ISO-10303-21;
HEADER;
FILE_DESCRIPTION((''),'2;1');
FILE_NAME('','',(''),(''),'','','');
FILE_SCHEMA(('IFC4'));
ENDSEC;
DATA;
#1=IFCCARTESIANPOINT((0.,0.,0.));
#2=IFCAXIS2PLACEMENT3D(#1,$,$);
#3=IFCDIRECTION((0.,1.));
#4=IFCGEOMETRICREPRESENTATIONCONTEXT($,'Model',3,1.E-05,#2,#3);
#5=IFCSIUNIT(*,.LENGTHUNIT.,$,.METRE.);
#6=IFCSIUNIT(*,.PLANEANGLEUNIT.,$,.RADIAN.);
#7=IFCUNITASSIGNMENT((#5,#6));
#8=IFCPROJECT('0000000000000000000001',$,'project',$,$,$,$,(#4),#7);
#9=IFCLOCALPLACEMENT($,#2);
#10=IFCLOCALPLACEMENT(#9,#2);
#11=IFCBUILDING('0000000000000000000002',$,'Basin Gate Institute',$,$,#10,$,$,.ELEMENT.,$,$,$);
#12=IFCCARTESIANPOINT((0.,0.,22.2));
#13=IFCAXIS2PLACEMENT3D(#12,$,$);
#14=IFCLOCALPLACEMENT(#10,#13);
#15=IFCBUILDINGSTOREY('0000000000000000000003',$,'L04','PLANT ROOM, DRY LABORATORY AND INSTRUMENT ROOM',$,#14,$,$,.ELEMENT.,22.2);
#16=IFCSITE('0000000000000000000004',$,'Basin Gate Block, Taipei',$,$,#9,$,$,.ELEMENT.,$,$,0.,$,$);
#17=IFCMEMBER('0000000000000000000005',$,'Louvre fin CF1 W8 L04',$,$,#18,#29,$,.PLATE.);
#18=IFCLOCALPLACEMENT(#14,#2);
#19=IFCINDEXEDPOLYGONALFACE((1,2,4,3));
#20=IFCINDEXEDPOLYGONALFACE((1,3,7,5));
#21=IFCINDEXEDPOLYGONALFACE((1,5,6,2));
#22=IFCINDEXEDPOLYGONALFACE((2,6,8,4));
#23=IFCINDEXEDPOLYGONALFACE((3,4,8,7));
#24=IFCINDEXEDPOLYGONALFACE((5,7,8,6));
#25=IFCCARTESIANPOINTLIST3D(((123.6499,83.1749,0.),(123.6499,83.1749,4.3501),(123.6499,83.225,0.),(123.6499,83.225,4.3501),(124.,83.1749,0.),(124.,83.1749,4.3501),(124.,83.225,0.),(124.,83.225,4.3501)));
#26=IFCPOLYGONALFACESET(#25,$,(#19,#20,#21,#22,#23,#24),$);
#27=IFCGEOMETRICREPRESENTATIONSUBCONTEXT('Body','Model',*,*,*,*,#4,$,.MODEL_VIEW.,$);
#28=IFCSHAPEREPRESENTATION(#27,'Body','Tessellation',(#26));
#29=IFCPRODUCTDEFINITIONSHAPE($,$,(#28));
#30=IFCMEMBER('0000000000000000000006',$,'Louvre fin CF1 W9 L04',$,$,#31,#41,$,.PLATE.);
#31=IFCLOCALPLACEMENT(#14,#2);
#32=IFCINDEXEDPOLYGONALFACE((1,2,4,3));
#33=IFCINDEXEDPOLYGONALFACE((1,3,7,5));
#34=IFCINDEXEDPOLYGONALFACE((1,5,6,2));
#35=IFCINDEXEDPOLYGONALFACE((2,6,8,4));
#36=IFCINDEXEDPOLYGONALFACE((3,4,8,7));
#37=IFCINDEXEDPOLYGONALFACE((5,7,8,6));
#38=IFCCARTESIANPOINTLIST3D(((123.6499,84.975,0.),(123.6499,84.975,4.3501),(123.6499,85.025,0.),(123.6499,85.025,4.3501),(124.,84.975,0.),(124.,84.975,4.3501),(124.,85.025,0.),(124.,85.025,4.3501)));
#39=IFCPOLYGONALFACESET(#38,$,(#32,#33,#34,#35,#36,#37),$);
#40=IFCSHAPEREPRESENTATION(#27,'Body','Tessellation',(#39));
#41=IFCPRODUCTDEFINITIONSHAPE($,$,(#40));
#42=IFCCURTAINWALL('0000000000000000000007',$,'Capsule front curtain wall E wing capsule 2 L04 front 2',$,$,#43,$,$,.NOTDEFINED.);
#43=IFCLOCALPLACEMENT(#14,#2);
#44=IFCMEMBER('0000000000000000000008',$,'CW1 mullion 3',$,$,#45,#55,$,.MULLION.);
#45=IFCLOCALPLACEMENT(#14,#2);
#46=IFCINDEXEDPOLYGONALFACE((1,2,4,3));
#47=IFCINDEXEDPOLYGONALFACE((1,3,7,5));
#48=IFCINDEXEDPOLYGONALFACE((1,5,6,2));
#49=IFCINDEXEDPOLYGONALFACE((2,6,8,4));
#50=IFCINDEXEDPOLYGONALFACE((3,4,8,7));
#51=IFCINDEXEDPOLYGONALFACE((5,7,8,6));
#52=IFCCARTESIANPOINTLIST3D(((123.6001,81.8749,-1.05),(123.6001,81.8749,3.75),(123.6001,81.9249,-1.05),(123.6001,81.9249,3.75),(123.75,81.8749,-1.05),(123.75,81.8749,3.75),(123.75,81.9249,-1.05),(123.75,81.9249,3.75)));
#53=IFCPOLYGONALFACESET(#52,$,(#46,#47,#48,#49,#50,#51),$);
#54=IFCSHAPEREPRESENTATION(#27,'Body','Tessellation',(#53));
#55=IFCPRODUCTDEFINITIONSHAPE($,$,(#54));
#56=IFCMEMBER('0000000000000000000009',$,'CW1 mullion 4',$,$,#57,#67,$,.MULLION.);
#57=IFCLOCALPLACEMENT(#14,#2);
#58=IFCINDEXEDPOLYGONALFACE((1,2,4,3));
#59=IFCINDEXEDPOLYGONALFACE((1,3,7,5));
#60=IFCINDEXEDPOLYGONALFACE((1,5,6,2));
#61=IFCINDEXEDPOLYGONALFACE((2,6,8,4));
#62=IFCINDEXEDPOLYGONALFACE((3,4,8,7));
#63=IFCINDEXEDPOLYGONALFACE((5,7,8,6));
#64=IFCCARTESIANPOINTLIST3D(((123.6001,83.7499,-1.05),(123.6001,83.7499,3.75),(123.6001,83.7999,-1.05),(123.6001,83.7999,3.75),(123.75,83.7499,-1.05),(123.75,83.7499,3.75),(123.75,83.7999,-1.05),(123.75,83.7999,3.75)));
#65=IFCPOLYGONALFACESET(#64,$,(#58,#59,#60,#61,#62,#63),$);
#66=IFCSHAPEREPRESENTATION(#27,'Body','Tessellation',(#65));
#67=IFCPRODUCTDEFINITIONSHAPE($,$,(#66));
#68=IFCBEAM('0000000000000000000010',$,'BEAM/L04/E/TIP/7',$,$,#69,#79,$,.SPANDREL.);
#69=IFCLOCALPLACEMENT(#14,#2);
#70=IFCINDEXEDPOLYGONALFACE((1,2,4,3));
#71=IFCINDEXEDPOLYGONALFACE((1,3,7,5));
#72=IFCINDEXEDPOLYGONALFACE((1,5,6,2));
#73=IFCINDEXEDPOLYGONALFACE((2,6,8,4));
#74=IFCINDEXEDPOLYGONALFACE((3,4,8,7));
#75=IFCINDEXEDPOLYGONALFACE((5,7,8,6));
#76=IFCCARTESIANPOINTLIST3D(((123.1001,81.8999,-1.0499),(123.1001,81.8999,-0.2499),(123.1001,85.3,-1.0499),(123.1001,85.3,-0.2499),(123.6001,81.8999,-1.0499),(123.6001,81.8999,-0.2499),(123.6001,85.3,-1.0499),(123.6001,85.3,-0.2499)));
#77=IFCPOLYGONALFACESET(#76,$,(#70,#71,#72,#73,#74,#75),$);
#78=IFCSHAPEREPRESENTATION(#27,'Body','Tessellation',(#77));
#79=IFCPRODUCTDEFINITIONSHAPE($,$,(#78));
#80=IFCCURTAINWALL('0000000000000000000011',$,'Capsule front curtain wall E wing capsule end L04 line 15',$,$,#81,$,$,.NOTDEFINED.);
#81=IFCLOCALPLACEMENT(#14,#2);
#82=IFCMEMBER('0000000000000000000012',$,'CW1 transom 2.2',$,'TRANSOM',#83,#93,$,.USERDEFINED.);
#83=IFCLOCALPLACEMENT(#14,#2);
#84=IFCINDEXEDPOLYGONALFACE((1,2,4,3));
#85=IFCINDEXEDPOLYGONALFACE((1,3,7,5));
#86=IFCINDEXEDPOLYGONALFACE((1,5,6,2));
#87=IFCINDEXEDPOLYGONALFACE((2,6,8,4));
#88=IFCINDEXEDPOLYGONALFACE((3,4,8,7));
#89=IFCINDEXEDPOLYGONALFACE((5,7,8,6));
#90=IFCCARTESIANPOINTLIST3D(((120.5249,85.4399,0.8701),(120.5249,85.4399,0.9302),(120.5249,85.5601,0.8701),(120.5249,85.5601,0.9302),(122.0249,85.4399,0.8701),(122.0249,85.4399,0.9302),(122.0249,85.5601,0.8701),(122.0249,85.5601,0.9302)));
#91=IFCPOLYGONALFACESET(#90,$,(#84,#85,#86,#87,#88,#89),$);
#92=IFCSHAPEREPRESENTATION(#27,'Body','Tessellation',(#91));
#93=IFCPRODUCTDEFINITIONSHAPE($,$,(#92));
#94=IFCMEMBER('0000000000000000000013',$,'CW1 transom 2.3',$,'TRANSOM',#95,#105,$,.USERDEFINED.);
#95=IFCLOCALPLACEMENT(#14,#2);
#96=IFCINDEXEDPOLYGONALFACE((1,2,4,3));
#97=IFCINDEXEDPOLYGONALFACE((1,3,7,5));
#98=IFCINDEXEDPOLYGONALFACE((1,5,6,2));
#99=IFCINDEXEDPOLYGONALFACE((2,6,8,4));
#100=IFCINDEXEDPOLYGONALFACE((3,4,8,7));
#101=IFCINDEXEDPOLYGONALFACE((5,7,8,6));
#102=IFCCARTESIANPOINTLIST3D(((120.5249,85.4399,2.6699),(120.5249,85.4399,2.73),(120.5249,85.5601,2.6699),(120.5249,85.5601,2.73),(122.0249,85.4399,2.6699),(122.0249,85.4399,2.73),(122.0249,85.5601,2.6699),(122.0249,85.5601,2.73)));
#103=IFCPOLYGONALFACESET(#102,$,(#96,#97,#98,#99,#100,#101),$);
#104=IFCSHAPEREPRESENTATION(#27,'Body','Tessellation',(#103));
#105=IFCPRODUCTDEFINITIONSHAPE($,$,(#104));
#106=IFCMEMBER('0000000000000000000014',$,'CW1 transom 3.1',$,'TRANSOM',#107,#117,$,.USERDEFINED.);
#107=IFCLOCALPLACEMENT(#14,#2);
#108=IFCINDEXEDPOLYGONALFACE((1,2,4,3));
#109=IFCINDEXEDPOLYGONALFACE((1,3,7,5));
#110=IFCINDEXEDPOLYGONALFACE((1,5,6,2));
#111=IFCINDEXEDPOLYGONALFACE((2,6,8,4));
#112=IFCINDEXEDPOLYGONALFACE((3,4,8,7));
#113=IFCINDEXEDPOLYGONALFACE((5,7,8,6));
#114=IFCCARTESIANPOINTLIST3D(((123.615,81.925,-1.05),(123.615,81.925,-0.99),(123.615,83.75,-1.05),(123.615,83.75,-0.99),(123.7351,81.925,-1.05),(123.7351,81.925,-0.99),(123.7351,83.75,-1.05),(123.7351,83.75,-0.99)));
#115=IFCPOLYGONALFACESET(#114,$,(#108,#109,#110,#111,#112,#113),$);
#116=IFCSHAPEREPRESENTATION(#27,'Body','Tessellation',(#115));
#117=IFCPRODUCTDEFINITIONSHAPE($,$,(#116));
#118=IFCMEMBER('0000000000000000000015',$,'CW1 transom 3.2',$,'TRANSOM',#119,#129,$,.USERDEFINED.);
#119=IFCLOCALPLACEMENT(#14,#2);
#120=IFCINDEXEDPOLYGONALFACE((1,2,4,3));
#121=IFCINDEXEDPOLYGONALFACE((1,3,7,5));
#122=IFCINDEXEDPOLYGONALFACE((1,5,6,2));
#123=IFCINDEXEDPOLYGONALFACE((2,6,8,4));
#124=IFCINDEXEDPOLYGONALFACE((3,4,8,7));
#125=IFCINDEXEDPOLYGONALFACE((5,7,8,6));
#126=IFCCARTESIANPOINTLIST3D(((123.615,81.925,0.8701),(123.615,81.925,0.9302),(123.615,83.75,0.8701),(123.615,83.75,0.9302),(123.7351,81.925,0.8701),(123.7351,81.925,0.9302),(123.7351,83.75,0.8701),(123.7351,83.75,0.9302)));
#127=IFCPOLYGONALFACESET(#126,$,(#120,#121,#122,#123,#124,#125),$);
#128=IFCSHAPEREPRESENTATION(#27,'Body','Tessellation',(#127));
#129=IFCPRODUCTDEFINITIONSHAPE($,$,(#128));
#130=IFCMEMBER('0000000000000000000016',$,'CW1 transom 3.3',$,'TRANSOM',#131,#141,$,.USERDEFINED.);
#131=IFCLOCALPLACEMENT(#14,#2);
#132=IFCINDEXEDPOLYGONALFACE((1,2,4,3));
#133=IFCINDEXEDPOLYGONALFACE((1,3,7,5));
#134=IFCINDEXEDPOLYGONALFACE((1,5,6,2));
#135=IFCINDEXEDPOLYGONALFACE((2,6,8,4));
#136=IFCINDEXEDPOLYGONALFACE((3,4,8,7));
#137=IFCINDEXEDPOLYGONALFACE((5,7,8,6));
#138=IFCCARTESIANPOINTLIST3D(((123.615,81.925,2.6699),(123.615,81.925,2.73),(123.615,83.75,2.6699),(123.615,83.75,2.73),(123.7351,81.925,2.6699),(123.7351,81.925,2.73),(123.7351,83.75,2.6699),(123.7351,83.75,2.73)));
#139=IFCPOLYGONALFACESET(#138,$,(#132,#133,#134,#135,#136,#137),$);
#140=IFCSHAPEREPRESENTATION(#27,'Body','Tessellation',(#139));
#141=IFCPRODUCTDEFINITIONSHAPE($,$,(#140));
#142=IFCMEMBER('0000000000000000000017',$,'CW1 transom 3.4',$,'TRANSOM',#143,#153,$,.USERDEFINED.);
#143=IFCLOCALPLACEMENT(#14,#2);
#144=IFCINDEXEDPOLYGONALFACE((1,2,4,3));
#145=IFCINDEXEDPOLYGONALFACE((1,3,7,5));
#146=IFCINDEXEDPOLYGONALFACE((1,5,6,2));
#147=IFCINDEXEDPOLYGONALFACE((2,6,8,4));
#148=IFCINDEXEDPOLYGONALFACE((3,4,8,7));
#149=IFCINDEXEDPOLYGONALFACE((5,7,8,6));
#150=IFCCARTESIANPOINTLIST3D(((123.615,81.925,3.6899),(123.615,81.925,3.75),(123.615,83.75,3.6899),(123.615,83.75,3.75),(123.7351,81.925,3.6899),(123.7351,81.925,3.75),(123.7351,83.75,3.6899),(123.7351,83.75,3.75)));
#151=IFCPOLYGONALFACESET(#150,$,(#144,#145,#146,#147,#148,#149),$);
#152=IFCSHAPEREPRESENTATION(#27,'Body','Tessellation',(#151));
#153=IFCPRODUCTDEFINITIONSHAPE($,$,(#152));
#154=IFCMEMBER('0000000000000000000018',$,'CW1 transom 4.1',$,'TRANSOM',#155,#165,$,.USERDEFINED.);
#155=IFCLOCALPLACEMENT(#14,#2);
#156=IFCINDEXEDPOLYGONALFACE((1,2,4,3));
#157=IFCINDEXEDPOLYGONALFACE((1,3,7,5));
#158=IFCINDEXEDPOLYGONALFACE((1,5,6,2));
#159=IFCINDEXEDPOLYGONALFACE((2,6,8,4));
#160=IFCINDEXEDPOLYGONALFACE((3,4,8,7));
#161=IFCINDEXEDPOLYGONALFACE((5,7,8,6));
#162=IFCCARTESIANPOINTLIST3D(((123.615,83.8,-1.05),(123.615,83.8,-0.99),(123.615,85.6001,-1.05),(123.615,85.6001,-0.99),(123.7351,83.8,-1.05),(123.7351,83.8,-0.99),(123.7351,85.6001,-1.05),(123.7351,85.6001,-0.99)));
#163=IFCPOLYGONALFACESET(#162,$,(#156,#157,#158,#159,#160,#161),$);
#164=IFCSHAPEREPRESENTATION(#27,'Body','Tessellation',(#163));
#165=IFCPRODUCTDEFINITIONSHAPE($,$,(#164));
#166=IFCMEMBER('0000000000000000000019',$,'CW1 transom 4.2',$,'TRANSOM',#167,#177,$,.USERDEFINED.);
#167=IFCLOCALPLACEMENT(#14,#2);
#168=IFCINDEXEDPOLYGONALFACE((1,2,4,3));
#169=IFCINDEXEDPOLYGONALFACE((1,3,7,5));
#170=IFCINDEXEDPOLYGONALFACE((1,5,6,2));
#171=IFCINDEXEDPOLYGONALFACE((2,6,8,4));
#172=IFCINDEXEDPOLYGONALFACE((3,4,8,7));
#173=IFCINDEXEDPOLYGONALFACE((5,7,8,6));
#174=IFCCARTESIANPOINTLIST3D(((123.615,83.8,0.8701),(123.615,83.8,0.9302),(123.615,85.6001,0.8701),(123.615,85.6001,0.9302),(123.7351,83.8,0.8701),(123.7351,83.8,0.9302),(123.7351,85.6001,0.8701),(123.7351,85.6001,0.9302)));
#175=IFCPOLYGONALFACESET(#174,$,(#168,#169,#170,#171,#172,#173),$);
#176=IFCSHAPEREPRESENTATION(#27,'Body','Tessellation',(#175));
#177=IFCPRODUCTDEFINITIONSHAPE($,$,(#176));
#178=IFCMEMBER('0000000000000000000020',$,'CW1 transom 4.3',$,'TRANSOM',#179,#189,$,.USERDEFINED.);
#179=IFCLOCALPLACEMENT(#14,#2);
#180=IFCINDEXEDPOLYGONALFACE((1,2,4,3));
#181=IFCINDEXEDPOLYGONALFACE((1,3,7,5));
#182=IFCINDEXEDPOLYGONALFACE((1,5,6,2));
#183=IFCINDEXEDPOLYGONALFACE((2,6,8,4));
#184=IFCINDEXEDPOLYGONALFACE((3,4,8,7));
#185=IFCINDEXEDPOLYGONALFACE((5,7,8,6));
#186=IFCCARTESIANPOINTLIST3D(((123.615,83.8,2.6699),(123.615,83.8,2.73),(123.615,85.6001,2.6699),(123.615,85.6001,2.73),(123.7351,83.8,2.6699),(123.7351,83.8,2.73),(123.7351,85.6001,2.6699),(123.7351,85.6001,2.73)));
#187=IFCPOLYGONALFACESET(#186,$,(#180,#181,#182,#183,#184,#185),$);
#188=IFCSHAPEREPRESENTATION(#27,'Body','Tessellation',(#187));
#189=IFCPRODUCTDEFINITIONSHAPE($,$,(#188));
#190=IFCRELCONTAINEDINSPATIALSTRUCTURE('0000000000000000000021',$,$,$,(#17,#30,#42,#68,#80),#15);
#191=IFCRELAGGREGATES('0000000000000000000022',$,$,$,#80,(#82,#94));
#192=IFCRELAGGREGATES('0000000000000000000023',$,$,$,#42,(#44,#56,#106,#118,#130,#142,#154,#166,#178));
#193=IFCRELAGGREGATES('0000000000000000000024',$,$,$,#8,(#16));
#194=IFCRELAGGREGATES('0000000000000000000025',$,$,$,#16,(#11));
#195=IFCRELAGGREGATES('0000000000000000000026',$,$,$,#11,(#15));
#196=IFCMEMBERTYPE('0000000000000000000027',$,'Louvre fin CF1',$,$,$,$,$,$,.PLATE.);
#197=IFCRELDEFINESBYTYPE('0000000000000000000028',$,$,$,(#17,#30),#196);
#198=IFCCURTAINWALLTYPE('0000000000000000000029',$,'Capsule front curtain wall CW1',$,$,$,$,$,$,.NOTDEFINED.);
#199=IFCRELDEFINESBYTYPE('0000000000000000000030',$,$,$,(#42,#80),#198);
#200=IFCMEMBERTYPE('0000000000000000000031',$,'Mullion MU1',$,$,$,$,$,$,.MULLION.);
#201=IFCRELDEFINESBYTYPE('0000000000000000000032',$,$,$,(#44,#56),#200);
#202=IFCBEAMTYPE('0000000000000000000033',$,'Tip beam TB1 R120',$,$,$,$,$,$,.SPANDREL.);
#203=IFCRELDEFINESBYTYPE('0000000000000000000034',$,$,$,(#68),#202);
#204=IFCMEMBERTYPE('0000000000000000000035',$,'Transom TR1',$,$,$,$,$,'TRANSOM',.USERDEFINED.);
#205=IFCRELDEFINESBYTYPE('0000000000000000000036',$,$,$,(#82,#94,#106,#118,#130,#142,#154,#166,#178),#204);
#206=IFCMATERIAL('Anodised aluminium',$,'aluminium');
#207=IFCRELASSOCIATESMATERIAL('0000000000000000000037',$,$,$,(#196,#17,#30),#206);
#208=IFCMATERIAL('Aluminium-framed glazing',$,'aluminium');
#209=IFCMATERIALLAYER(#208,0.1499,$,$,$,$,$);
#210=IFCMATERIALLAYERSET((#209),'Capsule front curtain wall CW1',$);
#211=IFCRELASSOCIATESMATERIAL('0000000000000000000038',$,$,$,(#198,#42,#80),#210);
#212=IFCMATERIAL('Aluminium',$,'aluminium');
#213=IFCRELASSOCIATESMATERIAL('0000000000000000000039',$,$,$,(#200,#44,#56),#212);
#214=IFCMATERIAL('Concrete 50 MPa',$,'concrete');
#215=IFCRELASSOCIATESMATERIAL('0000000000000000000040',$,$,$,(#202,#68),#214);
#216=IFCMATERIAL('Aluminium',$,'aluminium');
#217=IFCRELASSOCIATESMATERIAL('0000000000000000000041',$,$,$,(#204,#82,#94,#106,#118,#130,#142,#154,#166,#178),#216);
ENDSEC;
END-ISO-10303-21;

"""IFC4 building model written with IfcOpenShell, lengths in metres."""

from ifc_helpers import new_model, si_unit, direction, frame, origin, origin_2d, place, context, subcontext, project, spatial, rectangle, extrude, material, layer, layer_set, material_profile, profile_set, type_object, element, aggregate, save


model = new_model("IFC4")

# Units and contexts
model_context = context("Model", 3, precision=1e-05, world=origin(), true_north=direction((0.0, 1.0)))
body_context = subcontext(model_context, "Body", "Model", "MODEL_VIEW")
ifc_project = project(units=[si_unit("LENGTHUNIT", "METRE"), si_unit("PLANEANGLEUNIT", "RADIAN")], contexts=[model_context])

# Site, building, storey
site_placement = place(None, origin())
site = spatial("IfcSite", under=ifc_project, at=site_placement, Name="Basin Gate Block, Taipei", CompositionType="ELEMENT", RefElevation=0.0)
building_placement = place(site_placement, origin())
building = spatial("IfcBuilding", under=site, at=building_placement, Name="Basin Gate Institute", CompositionType="ELEMENT")
storey_placement = place(building_placement, frame((0.0, 0.0, 22.2)))
storey = spatial("IfcBuildingStorey", under=building, at=storey_placement, Name="L04", Description="PLANT ROOM, DRY LABORATORY AND INSTRUMENT ROOM", CompositionType="ELEMENT", Elevation=22.2)

# Members
ifc_material_1 = material(Name="Anodised aluminium", Category="aluminium")
ifc_material_profile_1 = material_profile(ifc_material_1, rectangle(XDim=0.05, YDim=0.3501, at=origin_2d()), Name="Louvre fin CF1 50 x 350")
ifc_profile_set_1 = profile_set([ifc_material_profile_1], Name="Anodised aluminium")
member_type_1 = type_object("IfcMemberType", Name="Louvre fin CF1", PredefinedType="PLATE", material=ifc_profile_set_1)
for number, where, z_axis, x_axis, name in (
    (1, (123.825, 83.2, 0.0), (0.0, 0.0, 1.0), (0.0, 1.0, 0.0), "Louvre fin CF1 W8 L04"),
    (2, (123.825, 85.0, 0.0), (0.0, 0.0, 1.0), (0.0, 1.0, 0.0), "Louvre fin CF1 W9 L04"),
):
    element("IfcMember", number, at=place(storey_placement, frame(where, z_axis=z_axis, x_axis=x_axis)), inside=storey, type_object=member_type_1, material=ifc_profile_set_1, Name=name, PredefinedType="PLATE", context=body_context, shape_type="SweptSolid", body=[
        extrude(rectangle(XDim=0.05, YDim=0.3501, at=origin_2d()), origin(), (0.0, 0.0, 1.0), 4.3501),
    ])

# Curtain wall, members
ifc_material_2 = material(Name="Aluminium-framed glazing", Category="aluminium")
ifc_layer_1 = layer(ifc_material_2, 0.1499)
ifc_layer_set_1 = layer_set([ifc_layer_1], Name="Capsule front curtain wall CW1")
curtain_wall_type = type_object("IfcCurtainWallType", Name="Capsule front curtain wall CW1", PredefinedType="NOTDEFINED", material=ifc_layer_set_1)
curtain_wall_1_placement = place(storey_placement, origin())
curtain_wall_1 = element("IfcCurtainWall", 3, at=curtain_wall_1_placement, inside=storey, type_object=curtain_wall_type, material=ifc_layer_set_1, Name="Capsule front curtain wall E wing capsule 2 L04 front 2", PredefinedType="NOTDEFINED")
ifc_material_3 = material(Name="Aluminium", Category="aluminium")
ifc_material_profile_2 = material_profile(ifc_material_3, rectangle(XDim=0.1499, YDim=0.05, at=origin_2d()), Name="Mullion MU1 150 x 50")
ifc_profile_set_2 = profile_set([ifc_material_profile_2], Name="Aluminium")
member_type_2 = type_object("IfcMemberType", Name="Mullion MU1", PredefinedType="MULLION", material=ifc_profile_set_2)
member_1_placement = place(storey_placement, frame((123.675, 81.8999, -1.05), z_axis=(0.0, 0.0, 1.0), x_axis=(-1.0, 0.0, 0.0)))
member_1 = element("IfcMember", 4, at=member_1_placement, type_object=member_type_2, material=ifc_profile_set_2, Name="CW1 mullion 3", PredefinedType="MULLION", context=body_context, shape_type="SweptSolid", body=[
    extrude(rectangle(XDim=0.1499, YDim=0.05, at=origin_2d()), origin(), (0.0, 0.0, 1.0), 4.8),
])
member_2_placement = place(storey_placement, frame((123.675, 83.7749, -1.05), z_axis=(0.0, 0.0, 1.0), x_axis=(-1.0, 0.0, 0.0)))
member_2 = element("IfcMember", 5, at=member_2_placement, type_object=member_type_2, material=ifc_profile_set_2, Name="CW1 mullion 4", PredefinedType="MULLION", context=body_context, shape_type="SweptSolid", body=[
    extrude(rectangle(XDim=0.1499, YDim=0.05, at=origin_2d()), origin(), (0.0, 0.0, 1.0), 4.8),
])

# Beam
ifc_material_4 = material(Name="Concrete 50 MPa", Category="concrete")
ifc_material_profile_3 = material_profile(ifc_material_4, rectangle(XDim=0.5, YDim=0.8, at=origin_2d()), Name="Tip beam TB1 500 x 800")
ifc_profile_set_3 = profile_set([ifc_material_profile_3], Name="Concrete 50 MPa")
beam_type = type_object("IfcBeamType", Name="Tip beam TB1 R120", PredefinedType="SPANDREL", material=ifc_profile_set_3)
beam_placement = place(storey_placement, frame((123.3501, 81.8999, -0.6499), z_axis=(0.0, 1.0, 0.0), x_axis=(-1.0, 0.0, 0.0)))
element("IfcBeam", 6, at=beam_placement, inside=storey, type_object=beam_type, material=ifc_profile_set_3, Name="BEAM/L04/E/TIP/7", PredefinedType="SPANDREL", context=body_context, shape_type="SweptSolid", body=[
    extrude(rectangle(XDim=0.5, YDim=0.8, at=origin_2d()), origin(), (0.0, 0.0, 1.0), 3.4001),
])

# Curtain wall, members
curtain_wall_2_placement = place(storey_placement, origin())
curtain_wall_2 = element("IfcCurtainWall", 7, at=curtain_wall_2_placement, inside=storey, type_object=curtain_wall_type, material=ifc_layer_set_1, Name="Capsule front curtain wall E wing capsule end L04 line 15", PredefinedType="NOTDEFINED")
ifc_material_5 = material(Name="Aluminium", Category="aluminium")
ifc_material_profile_4 = material_profile(ifc_material_5, rectangle(XDim=0.1201, YDim=0.0601, at=origin_2d()), Name="Transom TR1 120 x 60")
ifc_profile_set_4 = profile_set([ifc_material_profile_4], Name="Aluminium")
member_type_3 = type_object("IfcMemberType", Name="Transom TR1", ElementType="TRANSOM", PredefinedType="USERDEFINED", material=ifc_profile_set_4)
member_3_placement = place(storey_placement, frame((122.0249, 85.5, 0.9001), z_axis=(-1.0, 0.0, 0.0), x_axis=(0.0, -1.0, 0.0)))
member_3 = element("IfcMember", 8, at=member_3_placement, type_object=member_type_3, material=ifc_profile_set_4, Name="CW1 transom 2.2", ObjectType="TRANSOM", PredefinedType="USERDEFINED", context=body_context, shape_type="SweptSolid", body=[
    extrude(rectangle(XDim=0.1201, YDim=0.0601, at=origin_2d()), origin(), (0.0, 0.0, 1.0), 1.5),
])
member_4_placement = place(storey_placement, frame((122.0249, 85.5, 2.7), z_axis=(-1.0, 0.0, 0.0), x_axis=(0.0, -1.0, 0.0)))
member_4 = element("IfcMember", 9, at=member_4_placement, type_object=member_type_3, material=ifc_profile_set_4, Name="CW1 transom 2.3", ObjectType="TRANSOM", PredefinedType="USERDEFINED", context=body_context, shape_type="SweptSolid", body=[
    extrude(rectangle(XDim=0.1201, YDim=0.0601, at=origin_2d()), origin(), (0.0, 0.0, 1.0), 1.5),
])
aggregate(curtain_wall_2, [member_3, member_4])

# Members
member_5_placement = place(storey_placement, frame((123.675, 81.925, -1.02), z_axis=(0.0, 1.0, 0.0), x_axis=(-1.0, 0.0, 0.0)))
member_5 = element("IfcMember", 10, at=member_5_placement, type_object=member_type_3, material=ifc_profile_set_4, Name="CW1 transom 3.1", ObjectType="TRANSOM", PredefinedType="USERDEFINED", context=body_context, shape_type="SweptSolid", body=[
    extrude(rectangle(XDim=0.1201, YDim=0.0601, at=origin_2d()), origin(), (0.0, 0.0, 1.0), 1.825),
])
member_6_placement = place(storey_placement, frame((123.675, 81.925, 0.9001), z_axis=(0.0, 1.0, 0.0), x_axis=(-1.0, 0.0, 0.0)))
member_6 = element("IfcMember", 11, at=member_6_placement, type_object=member_type_3, material=ifc_profile_set_4, Name="CW1 transom 3.2", ObjectType="TRANSOM", PredefinedType="USERDEFINED", context=body_context, shape_type="SweptSolid", body=[
    extrude(rectangle(XDim=0.1201, YDim=0.0601, at=origin_2d()), origin(), (0.0, 0.0, 1.0), 1.825),
])
member_7_placement = place(storey_placement, frame((123.675, 81.925, 2.7), z_axis=(0.0, 1.0, 0.0), x_axis=(-1.0, 0.0, 0.0)))
member_7 = element("IfcMember", 12, at=member_7_placement, type_object=member_type_3, material=ifc_profile_set_4, Name="CW1 transom 3.3", ObjectType="TRANSOM", PredefinedType="USERDEFINED", context=body_context, shape_type="SweptSolid", body=[
    extrude(rectangle(XDim=0.1201, YDim=0.0601, at=origin_2d()), origin(), (0.0, 0.0, 1.0), 1.825),
])
member_8_placement = place(storey_placement, frame((123.675, 81.925, 3.72), z_axis=(0.0, 1.0, 0.0), x_axis=(-1.0, 0.0, 0.0)))
member_8 = element("IfcMember", 13, at=member_8_placement, type_object=member_type_3, material=ifc_profile_set_4, Name="CW1 transom 3.4", ObjectType="TRANSOM", PredefinedType="USERDEFINED", context=body_context, shape_type="SweptSolid", body=[
    extrude(rectangle(XDim=0.1201, YDim=0.0601, at=origin_2d()), origin(), (0.0, 0.0, 1.0), 1.825),
])
member_9_placement = place(storey_placement, frame((123.675, 83.8, -1.02), z_axis=(0.0, 1.0, 0.0), x_axis=(-1.0, 0.0, 0.0)))
member_9 = element("IfcMember", 14, at=member_9_placement, type_object=member_type_3, material=ifc_profile_set_4, Name="CW1 transom 4.1", ObjectType="TRANSOM", PredefinedType="USERDEFINED", context=body_context, shape_type="SweptSolid", body=[
    extrude(rectangle(XDim=0.1201, YDim=0.0601, at=origin_2d()), origin(), (0.0, 0.0, 1.0), 1.8),
])
member_10_placement = place(storey_placement, frame((123.675, 83.8, 0.9001), z_axis=(0.0, 1.0, 0.0), x_axis=(-1.0, 0.0, 0.0)))
member_10 = element("IfcMember", 15, at=member_10_placement, type_object=member_type_3, material=ifc_profile_set_4, Name="CW1 transom 4.2", ObjectType="TRANSOM", PredefinedType="USERDEFINED", context=body_context, shape_type="SweptSolid", body=[
    extrude(rectangle(XDim=0.1201, YDim=0.0601, at=origin_2d()), origin(), (0.0, 0.0, 1.0), 1.8),
])
member_11_placement = place(storey_placement, frame((123.675, 83.8, 2.7), z_axis=(0.0, 1.0, 0.0), x_axis=(-1.0, 0.0, 0.0)))
member_11 = element("IfcMember", 16, at=member_11_placement, type_object=member_type_3, material=ifc_profile_set_4, Name="CW1 transom 4.3", ObjectType="TRANSOM", PredefinedType="USERDEFINED", context=body_context, shape_type="SweptSolid", body=[
    extrude(rectangle(XDim=0.1201, YDim=0.0601, at=origin_2d()), origin(), (0.0, 0.0, 1.0), 1.8),
])

aggregate(curtain_wall_1, [member_1, member_2, member_5, member_6, member_7, member_8, member_9, member_10, member_11])

save(model, "model.ifc")
